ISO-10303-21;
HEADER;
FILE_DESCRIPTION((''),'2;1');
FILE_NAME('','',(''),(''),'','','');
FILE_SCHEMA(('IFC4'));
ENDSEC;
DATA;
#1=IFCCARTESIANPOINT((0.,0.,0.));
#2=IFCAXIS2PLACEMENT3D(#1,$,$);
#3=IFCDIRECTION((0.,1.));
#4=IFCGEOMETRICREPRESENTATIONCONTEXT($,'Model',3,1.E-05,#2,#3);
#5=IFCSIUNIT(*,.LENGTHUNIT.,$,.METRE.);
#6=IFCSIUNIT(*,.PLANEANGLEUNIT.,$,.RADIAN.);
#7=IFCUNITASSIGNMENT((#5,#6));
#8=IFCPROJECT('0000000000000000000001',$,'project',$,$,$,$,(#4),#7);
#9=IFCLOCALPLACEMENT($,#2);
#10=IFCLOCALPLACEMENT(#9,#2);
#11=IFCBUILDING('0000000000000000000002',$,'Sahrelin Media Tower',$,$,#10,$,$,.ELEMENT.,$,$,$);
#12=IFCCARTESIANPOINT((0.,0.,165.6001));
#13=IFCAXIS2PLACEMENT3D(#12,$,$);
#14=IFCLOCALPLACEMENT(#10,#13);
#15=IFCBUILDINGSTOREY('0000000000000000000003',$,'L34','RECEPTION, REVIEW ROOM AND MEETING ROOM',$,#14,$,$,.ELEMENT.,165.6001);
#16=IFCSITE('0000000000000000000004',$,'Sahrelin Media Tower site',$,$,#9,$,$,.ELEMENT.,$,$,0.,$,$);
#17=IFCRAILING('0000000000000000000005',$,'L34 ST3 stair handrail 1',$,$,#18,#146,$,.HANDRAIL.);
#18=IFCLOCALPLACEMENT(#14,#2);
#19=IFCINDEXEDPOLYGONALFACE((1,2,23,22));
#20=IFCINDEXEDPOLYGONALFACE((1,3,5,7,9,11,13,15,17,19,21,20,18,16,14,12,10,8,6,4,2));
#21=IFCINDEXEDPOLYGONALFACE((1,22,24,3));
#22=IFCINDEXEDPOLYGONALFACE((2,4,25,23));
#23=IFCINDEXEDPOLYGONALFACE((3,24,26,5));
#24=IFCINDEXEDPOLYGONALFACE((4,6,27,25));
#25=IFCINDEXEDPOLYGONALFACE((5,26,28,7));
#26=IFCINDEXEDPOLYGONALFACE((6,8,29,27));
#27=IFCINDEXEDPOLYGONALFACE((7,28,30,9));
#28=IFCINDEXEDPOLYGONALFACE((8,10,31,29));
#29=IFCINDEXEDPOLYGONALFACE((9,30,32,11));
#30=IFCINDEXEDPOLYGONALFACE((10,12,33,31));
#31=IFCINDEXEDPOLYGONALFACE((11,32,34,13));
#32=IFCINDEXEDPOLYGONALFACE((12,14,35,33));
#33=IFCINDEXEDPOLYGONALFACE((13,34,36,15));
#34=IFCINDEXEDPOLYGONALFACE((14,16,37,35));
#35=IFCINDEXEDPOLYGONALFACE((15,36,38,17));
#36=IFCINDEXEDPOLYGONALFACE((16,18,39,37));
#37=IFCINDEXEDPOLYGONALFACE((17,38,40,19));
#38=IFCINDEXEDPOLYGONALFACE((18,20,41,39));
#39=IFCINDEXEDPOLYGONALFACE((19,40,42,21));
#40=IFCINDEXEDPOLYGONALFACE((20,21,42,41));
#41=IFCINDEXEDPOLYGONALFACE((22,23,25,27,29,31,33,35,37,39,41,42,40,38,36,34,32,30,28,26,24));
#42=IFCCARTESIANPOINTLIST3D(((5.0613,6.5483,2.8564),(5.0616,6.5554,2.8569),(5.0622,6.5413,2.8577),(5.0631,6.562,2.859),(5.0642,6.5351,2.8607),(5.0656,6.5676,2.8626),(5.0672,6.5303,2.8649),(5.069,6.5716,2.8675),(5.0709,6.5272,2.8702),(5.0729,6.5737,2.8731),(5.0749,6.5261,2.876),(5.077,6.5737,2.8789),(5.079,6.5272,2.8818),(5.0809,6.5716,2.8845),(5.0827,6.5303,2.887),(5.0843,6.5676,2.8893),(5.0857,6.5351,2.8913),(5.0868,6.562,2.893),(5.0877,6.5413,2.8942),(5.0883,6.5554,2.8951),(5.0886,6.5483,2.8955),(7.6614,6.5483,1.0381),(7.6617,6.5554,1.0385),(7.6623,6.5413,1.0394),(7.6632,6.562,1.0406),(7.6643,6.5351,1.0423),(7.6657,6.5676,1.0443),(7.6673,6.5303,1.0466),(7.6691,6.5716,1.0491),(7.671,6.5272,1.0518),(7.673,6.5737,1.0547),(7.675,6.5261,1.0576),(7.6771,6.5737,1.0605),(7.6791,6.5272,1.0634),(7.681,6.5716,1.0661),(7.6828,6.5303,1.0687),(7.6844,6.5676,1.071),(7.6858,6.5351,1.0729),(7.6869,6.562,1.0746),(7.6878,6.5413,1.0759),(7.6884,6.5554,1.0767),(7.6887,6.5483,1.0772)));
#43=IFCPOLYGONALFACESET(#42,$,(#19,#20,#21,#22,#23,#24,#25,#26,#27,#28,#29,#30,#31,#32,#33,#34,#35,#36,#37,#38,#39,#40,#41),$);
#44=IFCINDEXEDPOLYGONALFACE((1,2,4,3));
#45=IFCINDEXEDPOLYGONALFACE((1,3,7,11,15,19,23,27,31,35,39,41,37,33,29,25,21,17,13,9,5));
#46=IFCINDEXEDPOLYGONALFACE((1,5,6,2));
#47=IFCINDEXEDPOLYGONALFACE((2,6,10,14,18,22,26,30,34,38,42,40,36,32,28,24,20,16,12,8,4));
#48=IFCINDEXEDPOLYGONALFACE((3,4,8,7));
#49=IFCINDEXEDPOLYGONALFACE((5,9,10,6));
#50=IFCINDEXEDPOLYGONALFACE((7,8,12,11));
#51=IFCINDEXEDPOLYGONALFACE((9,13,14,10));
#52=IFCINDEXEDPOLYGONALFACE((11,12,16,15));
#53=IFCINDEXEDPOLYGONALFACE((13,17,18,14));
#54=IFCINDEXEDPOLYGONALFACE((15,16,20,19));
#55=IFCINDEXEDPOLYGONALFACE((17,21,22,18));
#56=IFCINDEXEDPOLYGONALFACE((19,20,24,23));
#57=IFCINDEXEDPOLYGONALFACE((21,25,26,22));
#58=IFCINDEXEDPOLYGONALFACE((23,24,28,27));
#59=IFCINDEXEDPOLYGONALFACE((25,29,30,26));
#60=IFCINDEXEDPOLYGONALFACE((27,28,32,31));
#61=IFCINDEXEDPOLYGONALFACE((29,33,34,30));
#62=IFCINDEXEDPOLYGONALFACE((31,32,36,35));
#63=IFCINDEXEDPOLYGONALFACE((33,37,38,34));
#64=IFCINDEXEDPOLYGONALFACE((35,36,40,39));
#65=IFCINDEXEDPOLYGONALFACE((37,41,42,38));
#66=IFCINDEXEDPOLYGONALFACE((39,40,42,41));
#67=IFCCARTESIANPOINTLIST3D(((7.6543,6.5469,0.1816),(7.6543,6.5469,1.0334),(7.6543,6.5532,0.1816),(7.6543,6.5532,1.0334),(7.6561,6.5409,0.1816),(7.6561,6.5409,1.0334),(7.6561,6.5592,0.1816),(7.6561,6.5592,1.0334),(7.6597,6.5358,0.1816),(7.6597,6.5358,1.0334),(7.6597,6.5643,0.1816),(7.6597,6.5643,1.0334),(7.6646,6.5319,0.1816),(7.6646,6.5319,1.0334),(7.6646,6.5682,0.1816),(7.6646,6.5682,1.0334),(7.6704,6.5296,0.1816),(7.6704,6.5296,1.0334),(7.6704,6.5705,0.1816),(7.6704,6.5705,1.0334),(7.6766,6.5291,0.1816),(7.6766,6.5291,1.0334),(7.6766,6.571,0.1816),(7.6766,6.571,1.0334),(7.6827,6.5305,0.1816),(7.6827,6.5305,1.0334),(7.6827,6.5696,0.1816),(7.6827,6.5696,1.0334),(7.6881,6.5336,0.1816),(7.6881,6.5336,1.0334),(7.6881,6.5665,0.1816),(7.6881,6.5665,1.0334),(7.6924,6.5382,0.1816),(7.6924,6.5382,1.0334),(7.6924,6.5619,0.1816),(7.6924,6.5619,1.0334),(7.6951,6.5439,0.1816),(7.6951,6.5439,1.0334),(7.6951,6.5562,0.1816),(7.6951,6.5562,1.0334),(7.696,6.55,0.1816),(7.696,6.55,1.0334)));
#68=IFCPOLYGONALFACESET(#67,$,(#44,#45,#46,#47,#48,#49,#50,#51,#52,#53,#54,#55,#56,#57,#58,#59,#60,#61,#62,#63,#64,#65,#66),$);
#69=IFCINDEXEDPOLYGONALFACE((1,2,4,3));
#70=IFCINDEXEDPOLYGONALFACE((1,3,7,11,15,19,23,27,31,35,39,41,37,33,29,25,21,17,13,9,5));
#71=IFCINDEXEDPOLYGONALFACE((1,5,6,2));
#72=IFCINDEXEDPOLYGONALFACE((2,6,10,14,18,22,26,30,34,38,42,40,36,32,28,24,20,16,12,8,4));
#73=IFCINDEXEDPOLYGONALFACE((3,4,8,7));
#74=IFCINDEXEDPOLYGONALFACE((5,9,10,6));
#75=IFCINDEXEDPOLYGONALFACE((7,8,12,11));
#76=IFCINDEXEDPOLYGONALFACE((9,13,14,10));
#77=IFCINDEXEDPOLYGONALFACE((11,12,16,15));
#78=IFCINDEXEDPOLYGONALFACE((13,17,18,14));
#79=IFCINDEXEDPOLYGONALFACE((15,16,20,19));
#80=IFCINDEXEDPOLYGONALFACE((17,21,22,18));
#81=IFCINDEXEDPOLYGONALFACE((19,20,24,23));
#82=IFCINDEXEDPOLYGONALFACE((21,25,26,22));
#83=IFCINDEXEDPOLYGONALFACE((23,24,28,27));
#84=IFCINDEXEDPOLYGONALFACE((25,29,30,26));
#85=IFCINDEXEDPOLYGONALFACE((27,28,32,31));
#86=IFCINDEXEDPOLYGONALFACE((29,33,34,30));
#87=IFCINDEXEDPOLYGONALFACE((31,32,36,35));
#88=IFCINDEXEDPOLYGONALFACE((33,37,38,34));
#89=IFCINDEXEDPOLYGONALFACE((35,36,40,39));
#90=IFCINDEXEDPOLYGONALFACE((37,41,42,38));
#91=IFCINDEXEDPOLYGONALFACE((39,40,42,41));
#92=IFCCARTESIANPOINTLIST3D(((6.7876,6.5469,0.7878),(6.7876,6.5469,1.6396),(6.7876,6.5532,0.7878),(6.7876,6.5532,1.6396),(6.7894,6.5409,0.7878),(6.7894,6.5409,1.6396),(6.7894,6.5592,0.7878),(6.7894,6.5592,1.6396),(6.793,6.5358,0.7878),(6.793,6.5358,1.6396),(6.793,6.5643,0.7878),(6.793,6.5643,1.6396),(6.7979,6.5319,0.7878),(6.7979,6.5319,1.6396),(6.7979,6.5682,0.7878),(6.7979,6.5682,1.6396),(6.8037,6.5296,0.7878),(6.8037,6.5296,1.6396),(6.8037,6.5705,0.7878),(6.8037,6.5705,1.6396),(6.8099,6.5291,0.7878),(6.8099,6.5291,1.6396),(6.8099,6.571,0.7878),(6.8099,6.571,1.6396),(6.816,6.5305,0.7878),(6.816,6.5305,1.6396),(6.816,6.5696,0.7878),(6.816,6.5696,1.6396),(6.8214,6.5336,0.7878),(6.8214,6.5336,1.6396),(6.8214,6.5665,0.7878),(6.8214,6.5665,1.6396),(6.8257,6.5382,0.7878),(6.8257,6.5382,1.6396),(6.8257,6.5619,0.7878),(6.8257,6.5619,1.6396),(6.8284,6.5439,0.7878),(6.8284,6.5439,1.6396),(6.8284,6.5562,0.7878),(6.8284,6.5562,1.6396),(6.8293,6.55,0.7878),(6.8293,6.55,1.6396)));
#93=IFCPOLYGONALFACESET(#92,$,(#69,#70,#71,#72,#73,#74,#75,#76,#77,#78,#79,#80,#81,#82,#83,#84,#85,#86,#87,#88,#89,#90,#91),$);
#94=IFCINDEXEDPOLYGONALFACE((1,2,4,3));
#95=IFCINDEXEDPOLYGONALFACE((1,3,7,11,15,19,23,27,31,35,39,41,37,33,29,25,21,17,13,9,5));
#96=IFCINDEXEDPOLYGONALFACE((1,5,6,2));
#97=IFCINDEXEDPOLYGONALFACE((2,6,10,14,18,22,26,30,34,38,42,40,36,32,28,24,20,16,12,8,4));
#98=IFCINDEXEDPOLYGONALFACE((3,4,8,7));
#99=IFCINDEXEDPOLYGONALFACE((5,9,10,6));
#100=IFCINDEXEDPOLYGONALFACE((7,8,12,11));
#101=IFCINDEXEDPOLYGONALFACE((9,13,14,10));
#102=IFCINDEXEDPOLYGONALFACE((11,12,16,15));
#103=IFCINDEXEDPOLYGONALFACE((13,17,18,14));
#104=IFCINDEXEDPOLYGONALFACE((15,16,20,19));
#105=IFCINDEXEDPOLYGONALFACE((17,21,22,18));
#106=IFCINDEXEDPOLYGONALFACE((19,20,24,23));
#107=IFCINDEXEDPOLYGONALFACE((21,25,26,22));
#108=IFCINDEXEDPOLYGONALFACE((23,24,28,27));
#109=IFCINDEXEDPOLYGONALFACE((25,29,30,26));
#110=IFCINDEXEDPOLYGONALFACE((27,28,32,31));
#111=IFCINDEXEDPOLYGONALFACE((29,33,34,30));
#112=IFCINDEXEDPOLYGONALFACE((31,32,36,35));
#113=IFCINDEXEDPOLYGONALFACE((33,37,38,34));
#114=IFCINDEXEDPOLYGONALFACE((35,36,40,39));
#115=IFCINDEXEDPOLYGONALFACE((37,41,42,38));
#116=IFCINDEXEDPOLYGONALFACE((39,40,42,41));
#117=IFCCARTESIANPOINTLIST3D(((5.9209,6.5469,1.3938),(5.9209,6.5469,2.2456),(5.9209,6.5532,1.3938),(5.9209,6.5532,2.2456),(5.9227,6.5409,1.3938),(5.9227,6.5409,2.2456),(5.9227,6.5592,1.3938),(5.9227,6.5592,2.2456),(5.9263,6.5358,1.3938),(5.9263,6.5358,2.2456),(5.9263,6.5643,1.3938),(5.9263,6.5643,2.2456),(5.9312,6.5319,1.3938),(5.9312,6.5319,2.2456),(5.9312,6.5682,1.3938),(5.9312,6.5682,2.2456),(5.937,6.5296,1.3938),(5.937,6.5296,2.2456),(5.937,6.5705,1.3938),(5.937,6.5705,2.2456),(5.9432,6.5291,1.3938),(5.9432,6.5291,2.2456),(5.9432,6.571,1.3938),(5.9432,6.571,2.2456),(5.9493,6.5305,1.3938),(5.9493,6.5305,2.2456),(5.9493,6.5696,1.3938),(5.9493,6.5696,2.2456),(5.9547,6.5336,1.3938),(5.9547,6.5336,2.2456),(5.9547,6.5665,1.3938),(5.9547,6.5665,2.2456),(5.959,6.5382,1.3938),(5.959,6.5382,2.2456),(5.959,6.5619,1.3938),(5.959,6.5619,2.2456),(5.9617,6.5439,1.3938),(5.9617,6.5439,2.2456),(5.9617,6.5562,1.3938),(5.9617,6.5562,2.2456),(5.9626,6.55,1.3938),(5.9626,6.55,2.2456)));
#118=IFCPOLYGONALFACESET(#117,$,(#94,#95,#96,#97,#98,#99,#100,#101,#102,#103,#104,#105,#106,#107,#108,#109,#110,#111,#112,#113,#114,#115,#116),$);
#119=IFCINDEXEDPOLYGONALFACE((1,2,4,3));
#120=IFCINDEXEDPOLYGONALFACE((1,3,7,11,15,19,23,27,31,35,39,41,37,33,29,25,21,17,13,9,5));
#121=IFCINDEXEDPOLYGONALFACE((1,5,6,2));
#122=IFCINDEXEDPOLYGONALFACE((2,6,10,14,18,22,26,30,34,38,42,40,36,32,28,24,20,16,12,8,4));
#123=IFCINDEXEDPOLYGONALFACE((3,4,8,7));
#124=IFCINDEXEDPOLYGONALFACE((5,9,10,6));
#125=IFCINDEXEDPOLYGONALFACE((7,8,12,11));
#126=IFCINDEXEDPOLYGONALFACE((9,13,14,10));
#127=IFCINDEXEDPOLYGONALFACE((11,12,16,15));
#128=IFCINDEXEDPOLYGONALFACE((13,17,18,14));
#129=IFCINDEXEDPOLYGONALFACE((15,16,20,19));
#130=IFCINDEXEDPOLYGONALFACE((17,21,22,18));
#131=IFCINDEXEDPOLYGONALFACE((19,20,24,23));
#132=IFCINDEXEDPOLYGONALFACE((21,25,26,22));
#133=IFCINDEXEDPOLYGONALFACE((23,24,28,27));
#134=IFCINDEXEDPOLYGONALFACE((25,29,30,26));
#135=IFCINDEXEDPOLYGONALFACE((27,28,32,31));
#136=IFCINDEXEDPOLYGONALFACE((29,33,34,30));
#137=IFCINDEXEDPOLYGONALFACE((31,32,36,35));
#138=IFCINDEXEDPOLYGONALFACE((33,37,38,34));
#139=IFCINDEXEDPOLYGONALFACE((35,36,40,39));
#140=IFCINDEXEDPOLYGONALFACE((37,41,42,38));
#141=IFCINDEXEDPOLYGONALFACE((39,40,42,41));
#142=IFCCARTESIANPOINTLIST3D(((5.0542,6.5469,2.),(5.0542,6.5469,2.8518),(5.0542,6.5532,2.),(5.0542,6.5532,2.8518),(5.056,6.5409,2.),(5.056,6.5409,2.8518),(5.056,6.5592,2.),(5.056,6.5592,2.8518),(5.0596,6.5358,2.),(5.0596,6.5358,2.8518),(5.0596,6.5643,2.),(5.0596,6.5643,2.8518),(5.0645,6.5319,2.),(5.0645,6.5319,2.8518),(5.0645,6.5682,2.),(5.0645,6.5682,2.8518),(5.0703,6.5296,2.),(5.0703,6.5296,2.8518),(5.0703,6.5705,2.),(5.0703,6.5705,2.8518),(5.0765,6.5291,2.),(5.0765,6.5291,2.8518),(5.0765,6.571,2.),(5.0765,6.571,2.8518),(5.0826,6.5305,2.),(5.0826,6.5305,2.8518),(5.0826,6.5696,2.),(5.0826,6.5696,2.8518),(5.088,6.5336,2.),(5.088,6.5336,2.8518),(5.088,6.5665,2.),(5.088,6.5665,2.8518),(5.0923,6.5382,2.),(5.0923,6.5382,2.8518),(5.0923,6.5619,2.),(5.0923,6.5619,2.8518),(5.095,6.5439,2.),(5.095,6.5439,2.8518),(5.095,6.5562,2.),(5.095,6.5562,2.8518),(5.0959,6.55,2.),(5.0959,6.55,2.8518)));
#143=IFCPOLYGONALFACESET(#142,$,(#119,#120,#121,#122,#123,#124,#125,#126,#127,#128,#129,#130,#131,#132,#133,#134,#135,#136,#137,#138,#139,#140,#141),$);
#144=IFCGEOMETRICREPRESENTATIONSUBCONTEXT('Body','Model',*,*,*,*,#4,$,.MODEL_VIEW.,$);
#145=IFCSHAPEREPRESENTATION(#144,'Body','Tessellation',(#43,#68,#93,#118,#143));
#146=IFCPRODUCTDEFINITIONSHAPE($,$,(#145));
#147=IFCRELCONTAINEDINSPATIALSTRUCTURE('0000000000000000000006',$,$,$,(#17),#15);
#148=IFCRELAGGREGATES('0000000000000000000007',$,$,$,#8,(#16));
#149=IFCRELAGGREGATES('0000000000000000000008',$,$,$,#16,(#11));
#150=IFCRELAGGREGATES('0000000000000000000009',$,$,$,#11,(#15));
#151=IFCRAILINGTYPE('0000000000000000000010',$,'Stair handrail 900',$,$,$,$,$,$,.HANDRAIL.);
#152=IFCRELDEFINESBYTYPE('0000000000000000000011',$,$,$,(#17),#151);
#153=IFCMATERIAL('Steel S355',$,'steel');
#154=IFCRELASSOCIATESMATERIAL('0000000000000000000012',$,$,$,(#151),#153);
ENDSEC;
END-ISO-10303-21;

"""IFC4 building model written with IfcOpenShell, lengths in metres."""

from ifc_helpers import new_model, si_unit, direction, frame, origin, origin_2d, place, context, subcontext, project, spatial, circle, extrude, material, type_object, element, save


model = new_model("IFC4")

# Units and contexts
model_context = context("Model", 3, precision=1e-05, world=origin(), true_north=direction((0.0, 1.0)))
body_context = subcontext(model_context, "Body", "Model", "MODEL_VIEW")
ifc_project = project(units=[si_unit("LENGTHUNIT", "METRE"), si_unit("PLANEANGLEUNIT", "RADIAN")], contexts=[model_context])

# Site, building, storey
site_placement = place(None, origin())
site = spatial("IfcSite", under=ifc_project, at=site_placement, Name="Sahrelin Media Tower site", CompositionType="ELEMENT", RefElevation=0.0)
building_placement = place(site_placement, origin())
building = spatial("IfcBuilding", under=site, at=building_placement, Name="Sahrelin Media Tower", CompositionType="ELEMENT")
storey_placement = place(building_placement, frame((0.0, 0.0, 165.6001)))
storey = spatial("IfcBuildingStorey", under=building, at=storey_placement, Name="L34", Description="RECEPTION, REVIEW ROOM AND MEETING ROOM", CompositionType="ELEMENT", Elevation=165.6001)

# Shared definitions
ifc_material_1 = material(Name="Steel S355", Category="steel")

# Railing
railing_type_1 = type_object("IfcRailingType", Name="Stair handrail 900", PredefinedType="HANDRAIL", material=ifc_material_1)
railing_1_placement = place(storey_placement, frame((7.675, 6.55, 0.1816)))
element("IfcRailing", 1, at=railing_1_placement, inside=storey, type_object=railing_type_1, Name="L34 ST3 stair handrail 1", PredefinedType="HANDRAIL", context=body_context, shape_type="SweptSolid", body=[
    extrude(circle(Radius=0.0239, at=origin_2d()), frame((0.0, 0.0, 0.876), z_axis=(-0.819485, 0.0, 0.573101), x_axis=(0.0, -1.0, 0.0)), (0.0, 0.0, 1.0), 3.1729),
    extrude(circle(Radius=0.021, at=origin_2d()), origin(), (0.0, 0.0, 1.0), 0.8518),
    extrude(circle(Radius=0.021, at=origin_2d()), frame((-0.8667, 0.0, 0.6062)), (0.0, 0.0, 1.0), 0.8518),
    extrude(circle(Radius=0.021, at=origin_2d()), frame((-1.7334, 0.0, 1.2122)), (0.0, 0.0, 1.0), 0.8518),
    extrude(circle(Radius=0.021, at=origin_2d()), frame((-2.6001, 0.0, 1.8184)), (0.0, 0.0, 1.0), 0.8518),
])

save(model, "model.ifc")
